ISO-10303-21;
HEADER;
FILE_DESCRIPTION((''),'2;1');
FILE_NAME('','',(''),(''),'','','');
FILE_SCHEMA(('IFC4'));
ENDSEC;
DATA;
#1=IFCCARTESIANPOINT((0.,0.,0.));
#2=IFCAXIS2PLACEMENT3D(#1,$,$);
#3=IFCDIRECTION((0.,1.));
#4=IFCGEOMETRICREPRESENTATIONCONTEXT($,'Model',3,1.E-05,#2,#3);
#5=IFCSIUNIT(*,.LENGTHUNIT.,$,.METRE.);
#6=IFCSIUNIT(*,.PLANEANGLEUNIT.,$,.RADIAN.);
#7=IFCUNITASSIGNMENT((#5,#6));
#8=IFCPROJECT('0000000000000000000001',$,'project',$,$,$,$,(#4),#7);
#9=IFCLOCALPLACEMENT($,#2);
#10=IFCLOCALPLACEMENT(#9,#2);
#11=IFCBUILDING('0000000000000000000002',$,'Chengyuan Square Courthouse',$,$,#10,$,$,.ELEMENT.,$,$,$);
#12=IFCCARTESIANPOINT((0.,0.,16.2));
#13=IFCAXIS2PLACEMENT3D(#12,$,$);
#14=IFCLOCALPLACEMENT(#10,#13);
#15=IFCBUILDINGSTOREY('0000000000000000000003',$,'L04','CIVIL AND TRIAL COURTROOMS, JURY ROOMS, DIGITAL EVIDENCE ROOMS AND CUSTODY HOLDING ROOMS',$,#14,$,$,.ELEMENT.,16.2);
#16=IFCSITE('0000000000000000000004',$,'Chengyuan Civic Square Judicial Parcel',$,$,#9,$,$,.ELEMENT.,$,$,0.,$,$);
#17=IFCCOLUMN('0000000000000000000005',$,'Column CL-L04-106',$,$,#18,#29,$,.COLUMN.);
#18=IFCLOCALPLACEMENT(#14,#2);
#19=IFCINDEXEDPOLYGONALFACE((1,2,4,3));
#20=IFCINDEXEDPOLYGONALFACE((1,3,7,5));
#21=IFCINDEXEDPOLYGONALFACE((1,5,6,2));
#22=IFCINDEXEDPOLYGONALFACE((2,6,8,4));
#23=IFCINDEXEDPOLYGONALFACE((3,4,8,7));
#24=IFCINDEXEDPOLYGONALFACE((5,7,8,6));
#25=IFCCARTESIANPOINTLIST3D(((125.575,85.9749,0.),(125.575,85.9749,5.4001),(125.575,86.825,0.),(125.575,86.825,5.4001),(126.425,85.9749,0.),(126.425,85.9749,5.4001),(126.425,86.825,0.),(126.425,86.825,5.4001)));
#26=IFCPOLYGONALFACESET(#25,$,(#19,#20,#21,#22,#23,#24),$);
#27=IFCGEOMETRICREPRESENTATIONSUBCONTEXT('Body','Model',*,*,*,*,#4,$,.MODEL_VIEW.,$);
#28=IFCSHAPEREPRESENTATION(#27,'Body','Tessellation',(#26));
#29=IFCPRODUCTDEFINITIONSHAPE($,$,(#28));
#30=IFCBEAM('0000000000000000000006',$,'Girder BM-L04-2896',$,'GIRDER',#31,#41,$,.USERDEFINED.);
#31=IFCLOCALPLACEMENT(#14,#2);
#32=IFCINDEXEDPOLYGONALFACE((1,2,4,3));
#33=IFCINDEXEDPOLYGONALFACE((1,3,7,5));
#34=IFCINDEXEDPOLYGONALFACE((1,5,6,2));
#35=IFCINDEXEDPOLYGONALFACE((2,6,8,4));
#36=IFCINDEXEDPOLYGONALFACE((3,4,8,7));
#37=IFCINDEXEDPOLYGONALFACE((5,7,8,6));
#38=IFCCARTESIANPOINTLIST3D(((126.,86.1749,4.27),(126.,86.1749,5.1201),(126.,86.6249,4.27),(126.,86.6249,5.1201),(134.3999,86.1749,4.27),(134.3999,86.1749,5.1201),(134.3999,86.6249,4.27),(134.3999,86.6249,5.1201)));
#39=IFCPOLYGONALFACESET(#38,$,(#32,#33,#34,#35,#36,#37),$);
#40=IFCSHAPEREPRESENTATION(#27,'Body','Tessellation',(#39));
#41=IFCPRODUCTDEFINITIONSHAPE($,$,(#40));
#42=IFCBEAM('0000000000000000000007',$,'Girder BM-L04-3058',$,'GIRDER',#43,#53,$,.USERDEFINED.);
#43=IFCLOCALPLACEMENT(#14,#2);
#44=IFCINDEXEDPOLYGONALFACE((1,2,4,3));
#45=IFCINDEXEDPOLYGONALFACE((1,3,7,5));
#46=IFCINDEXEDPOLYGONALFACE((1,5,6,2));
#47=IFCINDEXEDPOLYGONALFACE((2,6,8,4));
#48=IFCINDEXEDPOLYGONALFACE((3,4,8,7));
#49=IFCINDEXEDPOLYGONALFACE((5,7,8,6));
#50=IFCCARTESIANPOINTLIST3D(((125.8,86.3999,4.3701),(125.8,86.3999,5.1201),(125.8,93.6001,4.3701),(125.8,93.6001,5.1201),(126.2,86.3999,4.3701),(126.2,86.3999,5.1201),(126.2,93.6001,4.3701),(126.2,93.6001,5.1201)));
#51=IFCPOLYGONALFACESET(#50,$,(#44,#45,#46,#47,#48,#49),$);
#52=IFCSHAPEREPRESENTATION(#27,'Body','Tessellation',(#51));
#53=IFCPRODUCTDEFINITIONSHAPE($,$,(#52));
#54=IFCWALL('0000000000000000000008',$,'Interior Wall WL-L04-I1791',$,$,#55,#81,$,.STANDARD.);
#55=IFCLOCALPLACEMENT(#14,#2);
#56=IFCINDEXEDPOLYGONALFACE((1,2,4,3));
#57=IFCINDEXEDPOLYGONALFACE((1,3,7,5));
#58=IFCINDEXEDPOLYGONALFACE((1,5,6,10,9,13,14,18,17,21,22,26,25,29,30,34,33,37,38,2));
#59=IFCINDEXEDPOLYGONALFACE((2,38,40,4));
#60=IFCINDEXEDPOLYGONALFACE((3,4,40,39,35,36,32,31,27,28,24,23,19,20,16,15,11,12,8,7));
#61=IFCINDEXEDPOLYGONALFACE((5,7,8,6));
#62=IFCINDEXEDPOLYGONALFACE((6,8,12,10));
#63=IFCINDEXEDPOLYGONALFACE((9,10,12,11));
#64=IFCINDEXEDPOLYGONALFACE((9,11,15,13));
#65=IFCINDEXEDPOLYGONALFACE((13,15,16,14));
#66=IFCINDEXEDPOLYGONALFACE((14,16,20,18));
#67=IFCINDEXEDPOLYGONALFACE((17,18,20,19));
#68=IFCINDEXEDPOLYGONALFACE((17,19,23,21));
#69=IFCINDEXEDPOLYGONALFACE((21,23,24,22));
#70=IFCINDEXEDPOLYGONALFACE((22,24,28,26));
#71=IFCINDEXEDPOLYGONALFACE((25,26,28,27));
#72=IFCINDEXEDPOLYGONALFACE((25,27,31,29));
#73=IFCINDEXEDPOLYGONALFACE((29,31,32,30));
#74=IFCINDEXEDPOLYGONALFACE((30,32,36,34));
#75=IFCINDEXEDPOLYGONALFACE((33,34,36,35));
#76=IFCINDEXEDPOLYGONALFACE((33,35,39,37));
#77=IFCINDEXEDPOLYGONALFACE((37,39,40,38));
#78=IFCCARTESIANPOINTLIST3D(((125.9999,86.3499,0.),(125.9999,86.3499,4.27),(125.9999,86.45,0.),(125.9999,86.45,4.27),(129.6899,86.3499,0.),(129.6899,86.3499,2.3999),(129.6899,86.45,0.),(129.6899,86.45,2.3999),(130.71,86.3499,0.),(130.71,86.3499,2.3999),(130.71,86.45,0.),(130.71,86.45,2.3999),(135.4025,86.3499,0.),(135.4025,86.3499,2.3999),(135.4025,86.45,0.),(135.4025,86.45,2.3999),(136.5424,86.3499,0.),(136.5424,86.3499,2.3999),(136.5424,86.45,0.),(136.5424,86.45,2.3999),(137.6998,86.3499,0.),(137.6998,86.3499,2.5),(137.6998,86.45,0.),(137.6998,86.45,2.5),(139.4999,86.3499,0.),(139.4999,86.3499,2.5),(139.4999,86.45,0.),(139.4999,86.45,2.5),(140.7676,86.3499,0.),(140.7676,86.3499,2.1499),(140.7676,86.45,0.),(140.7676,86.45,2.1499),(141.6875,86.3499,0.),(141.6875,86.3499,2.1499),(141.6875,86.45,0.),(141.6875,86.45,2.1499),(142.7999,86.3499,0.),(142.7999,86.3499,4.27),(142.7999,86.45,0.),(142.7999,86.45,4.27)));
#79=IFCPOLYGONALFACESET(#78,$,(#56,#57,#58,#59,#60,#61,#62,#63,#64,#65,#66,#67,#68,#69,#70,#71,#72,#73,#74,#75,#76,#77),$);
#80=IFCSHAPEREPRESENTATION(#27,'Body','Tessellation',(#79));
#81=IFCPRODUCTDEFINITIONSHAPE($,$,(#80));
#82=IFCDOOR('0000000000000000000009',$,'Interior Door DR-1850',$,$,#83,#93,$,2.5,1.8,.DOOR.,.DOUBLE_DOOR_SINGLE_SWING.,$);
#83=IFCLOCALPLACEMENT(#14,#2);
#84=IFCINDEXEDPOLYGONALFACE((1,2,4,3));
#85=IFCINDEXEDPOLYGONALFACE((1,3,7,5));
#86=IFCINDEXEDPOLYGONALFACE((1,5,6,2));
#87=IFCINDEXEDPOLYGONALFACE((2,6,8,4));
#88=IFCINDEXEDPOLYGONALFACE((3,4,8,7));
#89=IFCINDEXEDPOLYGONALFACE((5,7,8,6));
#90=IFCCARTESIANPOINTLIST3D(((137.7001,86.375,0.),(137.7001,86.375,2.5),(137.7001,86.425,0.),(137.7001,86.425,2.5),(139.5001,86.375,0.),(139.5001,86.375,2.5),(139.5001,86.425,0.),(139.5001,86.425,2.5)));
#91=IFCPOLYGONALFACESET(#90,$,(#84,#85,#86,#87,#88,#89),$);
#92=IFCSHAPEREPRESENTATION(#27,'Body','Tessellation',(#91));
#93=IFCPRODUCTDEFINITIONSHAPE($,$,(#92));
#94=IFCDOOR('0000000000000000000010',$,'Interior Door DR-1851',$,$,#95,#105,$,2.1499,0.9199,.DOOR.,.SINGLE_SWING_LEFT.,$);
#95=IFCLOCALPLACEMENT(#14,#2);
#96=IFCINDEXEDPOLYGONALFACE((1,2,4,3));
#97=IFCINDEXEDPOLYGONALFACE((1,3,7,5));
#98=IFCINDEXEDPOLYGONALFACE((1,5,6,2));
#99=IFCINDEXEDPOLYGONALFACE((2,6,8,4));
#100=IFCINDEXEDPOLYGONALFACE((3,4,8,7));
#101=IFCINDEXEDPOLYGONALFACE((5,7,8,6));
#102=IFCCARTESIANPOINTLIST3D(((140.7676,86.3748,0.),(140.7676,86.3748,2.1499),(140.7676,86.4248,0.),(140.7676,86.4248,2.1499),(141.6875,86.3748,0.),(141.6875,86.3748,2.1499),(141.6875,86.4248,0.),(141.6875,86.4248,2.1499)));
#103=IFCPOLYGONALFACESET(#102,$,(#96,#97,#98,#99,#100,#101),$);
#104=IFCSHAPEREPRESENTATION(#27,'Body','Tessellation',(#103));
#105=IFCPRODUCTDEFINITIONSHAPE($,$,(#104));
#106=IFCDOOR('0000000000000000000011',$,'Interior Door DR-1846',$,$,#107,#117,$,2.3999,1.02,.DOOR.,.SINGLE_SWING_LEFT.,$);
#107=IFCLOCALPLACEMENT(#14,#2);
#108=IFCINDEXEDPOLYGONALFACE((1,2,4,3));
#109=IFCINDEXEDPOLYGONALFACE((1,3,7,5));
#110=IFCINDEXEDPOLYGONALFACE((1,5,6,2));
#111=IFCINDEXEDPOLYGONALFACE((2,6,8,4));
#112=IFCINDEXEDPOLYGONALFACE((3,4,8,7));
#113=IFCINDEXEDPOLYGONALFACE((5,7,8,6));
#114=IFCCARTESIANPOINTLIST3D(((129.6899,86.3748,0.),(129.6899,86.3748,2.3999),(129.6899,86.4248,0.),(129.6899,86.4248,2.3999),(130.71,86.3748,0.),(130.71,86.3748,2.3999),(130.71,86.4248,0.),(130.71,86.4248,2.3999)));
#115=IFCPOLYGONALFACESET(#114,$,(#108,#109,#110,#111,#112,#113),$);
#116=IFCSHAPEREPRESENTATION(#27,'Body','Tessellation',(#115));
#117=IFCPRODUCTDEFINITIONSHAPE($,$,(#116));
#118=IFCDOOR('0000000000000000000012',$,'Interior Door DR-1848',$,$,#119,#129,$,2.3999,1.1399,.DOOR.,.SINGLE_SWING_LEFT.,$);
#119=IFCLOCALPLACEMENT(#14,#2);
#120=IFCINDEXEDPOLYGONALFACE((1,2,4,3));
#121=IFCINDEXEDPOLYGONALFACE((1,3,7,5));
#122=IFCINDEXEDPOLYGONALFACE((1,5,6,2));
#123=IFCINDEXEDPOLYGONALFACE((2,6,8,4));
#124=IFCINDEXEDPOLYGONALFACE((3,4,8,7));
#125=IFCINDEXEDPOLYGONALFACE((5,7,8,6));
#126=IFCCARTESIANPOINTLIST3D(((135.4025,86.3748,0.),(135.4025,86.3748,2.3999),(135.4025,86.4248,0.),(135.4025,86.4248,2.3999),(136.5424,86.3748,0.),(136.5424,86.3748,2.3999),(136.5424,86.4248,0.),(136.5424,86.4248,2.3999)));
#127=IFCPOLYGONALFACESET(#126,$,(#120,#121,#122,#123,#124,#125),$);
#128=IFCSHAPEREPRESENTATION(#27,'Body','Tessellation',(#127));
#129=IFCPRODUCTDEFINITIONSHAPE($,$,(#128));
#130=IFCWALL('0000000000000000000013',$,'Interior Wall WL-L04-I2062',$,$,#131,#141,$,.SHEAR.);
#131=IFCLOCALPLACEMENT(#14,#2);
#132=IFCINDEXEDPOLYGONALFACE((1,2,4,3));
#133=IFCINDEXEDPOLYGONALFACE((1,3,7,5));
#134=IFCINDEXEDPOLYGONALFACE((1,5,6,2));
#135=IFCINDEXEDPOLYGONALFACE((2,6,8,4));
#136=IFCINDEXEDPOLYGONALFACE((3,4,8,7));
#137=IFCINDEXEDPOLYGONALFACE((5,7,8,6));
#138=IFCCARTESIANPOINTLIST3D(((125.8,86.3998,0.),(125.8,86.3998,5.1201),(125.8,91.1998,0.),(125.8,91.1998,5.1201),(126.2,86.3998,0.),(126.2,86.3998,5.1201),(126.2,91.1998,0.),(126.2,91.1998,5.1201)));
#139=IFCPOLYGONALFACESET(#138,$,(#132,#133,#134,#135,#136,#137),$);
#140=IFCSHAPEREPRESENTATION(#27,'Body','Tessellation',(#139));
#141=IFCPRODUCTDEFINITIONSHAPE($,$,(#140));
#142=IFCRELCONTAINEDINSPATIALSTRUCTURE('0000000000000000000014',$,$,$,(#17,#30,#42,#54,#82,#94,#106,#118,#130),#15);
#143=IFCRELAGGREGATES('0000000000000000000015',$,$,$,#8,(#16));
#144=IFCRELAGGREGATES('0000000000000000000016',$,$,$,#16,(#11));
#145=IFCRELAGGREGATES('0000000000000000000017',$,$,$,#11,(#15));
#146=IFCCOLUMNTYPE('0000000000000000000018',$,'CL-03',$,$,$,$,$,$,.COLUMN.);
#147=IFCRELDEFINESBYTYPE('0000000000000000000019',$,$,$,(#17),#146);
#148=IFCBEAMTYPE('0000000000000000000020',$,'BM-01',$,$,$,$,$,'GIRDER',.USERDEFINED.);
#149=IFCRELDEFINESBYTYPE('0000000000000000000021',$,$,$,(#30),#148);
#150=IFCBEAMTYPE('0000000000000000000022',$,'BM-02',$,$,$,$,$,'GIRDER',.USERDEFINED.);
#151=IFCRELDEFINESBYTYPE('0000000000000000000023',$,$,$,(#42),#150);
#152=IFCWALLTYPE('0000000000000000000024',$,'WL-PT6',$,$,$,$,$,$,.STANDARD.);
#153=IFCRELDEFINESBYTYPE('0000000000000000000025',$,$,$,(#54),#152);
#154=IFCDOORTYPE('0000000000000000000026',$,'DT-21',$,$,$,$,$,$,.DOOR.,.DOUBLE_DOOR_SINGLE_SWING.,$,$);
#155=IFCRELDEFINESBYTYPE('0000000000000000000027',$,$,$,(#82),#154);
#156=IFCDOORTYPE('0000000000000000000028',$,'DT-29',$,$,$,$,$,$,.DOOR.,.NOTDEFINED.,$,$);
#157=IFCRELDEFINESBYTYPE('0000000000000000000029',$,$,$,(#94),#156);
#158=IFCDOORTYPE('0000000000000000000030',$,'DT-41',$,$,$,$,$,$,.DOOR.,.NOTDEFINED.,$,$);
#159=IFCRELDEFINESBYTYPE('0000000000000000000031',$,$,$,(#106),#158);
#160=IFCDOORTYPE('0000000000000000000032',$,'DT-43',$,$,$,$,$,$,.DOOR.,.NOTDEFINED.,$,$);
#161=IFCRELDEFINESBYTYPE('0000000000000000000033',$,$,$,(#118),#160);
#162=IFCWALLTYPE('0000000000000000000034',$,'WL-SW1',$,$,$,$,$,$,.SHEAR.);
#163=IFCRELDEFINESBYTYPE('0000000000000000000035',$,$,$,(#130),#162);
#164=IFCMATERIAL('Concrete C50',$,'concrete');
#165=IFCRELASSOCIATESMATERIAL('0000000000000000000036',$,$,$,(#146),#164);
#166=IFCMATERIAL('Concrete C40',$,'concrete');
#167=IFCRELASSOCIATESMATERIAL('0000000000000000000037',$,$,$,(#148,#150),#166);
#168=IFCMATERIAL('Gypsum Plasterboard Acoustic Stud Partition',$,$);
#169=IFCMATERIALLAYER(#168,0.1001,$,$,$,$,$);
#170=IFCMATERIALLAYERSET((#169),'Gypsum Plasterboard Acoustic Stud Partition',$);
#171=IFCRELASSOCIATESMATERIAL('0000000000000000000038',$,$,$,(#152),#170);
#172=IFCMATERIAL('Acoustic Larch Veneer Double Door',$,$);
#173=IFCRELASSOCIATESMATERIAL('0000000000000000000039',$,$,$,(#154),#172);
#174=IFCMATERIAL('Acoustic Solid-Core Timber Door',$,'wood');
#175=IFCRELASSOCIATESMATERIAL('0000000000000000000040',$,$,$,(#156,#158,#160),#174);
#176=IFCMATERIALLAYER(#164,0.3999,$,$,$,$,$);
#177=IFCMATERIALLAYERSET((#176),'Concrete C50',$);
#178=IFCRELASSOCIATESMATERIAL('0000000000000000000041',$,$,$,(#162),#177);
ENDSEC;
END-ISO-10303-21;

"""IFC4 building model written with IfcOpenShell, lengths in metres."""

from ifc_helpers import new_model, si_unit, direction, frame, frame_2d, origin, origin_2d, place, context, subcontext, project, spatial, rectangle, extrude, material, layer, layer_set, material_profile, profile_set, type_object, element, fill, save


model = new_model("IFC4")

# Units and contexts
model_context = context("Model", 3, precision=1e-05, world=origin(), true_north=direction((0.0, 1.0)))
body_context = subcontext(model_context, "Body", "Model", "MODEL_VIEW")
ifc_project = project(units=[si_unit("LENGTHUNIT", "METRE"), si_unit("PLANEANGLEUNIT", "RADIAN")], contexts=[model_context])

# Site, building, storey
site_placement = place(None, origin())
site = spatial("IfcSite", under=ifc_project, at=site_placement, Name="Chengyuan Civic Square Judicial Parcel", CompositionType="ELEMENT", RefElevation=0.0)
building_placement = place(site_placement, origin())
building = spatial("IfcBuilding", under=site, at=building_placement, Name="Chengyuan Square Courthouse", CompositionType="ELEMENT")
storey_placement = place(building_placement, frame((0.0, 0.0, 16.2)))
storey = spatial("IfcBuildingStorey", under=building, at=storey_placement, Name="L04", Description="CIVIL AND TRIAL COURTROOMS, JURY ROOMS, DIGITAL EVIDENCE ROOMS AND CUSTODY HOLDING ROOMS", CompositionType="ELEMENT", Elevation=16.2)

# Column
ifc_material_1 = material(Name="Concrete C50", Category="concrete")
ifc_material_profile_1 = material_profile(ifc_material_1, rectangle(XDim=0.8501, YDim=0.8501, at=origin_2d()), Name="RC-COL-850x850")
ifc_profile_set_1 = profile_set([ifc_material_profile_1], Name="Concrete C50")
column_type = type_object("IfcColumnType", Name="CL-03", PredefinedType="COLUMN", material=ifc_profile_set_1)
column_placement = place(storey_placement, frame((126.0, 86.3999, 0.0), z_axis=(0.0, 0.0, 1.0), x_axis=(1.0, 0.0, 0.0)))
element("IfcColumn", 1, at=column_placement, inside=storey, type_object=column_type, Name="Column CL-L04-106", PredefinedType="COLUMN", context=body_context, shape_type="SweptSolid", body=[
    extrude(rectangle(XDim=0.8501, YDim=0.8501, at=origin_2d()), origin(), (0.0, 0.0, 1.0), 5.4001),
])

# Beams
ifc_material_2 = material(Name="Concrete C40", Category="concrete")
ifc_material_profile_2 = material_profile(ifc_material_2, rectangle(XDim=0.45, YDim=0.8501, at=origin_2d()), Name="RC-BM-450x850")
ifc_profile_set_2 = profile_set([ifc_material_profile_2], Name="Concrete C40")
beam_type_1 = type_object("IfcBeamType", Name="BM-01", ElementType="GIRDER", PredefinedType="USERDEFINED", material=ifc_profile_set_2)
beam_1_placement = place(storey_placement, frame((126.0, 86.3999, 4.6951), z_axis=(1.0, 0.0, 0.0), x_axis=(0.0, 1.0, 0.0)))
element("IfcBeam", 2, at=beam_1_placement, inside=storey, type_object=beam_type_1, Name="Girder BM-L04-2896", ObjectType="GIRDER", PredefinedType="USERDEFINED", context=body_context, shape_type="SweptSolid", body=[
    extrude(rectangle(XDim=0.45, YDim=0.8501, at=origin_2d()), origin(), (0.0, 0.0, 1.0), 8.3999),
])
ifc_material_profile_3 = material_profile(ifc_material_2, rectangle(XDim=0.3999, YDim=0.75, at=origin_2d()), Name="RC-BM-400x750")
ifc_profile_set_3 = profile_set([ifc_material_profile_3], Name="Concrete C40")
beam_type_2 = type_object("IfcBeamType", Name="BM-02", ElementType="GIRDER", PredefinedType="USERDEFINED", material=ifc_profile_set_3)
beam_2_placement = place(storey_placement, frame((126.0, 86.3999, 4.7451), z_axis=(0.0, 1.0, 0.0), x_axis=(-1.0, 0.0, 0.0)))
element("IfcBeam", 3, at=beam_2_placement, inside=storey, type_object=beam_type_2, Name="Girder BM-L04-3058", ObjectType="GIRDER", PredefinedType="USERDEFINED", context=body_context, shape_type="SweptSolid", body=[
    extrude(rectangle(XDim=0.3999, YDim=0.75, at=origin_2d()), origin(), (0.0, 0.0, 1.0), 7.2002),
])

# Wall, openings, doors
ifc_material_3 = material(Name="Gypsum Plasterboard Acoustic Stud Partition")
ifc_layer_1 = layer(ifc_material_3, 0.1001)
ifc_layer_set_1 = layer_set([ifc_layer_1], Name="Gypsum Plasterboard Acoustic Stud Partition")
wall_type_1 = type_object("IfcWallType", Name="WL-PT6", PredefinedType="STANDARD", material=ifc_layer_set_1)
wall_1_placement = place(storey_placement, frame((126.0, 86.3999, 0.0), z_axis=(0.0, 0.0, 1.0), x_axis=(1.0, 0.0, 0.0)))
wall_1 = element("IfcWall", 4, at=wall_1_placement, inside=storey, type_object=wall_type_1, Name="Interior Wall WL-L04-I1791", PredefinedType="STANDARD", context=body_context, shape_type="SweptSolid", body=[
    extrude(rectangle(XDim=16.8, YDim=0.1001, at=frame_2d((8.3999, 0.0))), origin(), (0.0, 0.0, 1.0), 4.27),
])
opening_1_placement = place(wall_1_placement, frame((3.6899, 0.0, 0.0)))
opening_1 = element("IfcOpeningElement", 5, at=opening_1_placement, cuts=wall_1, PredefinedType="OPENING", context=body_context, shape_type="SweptSolid", body=[
    extrude(rectangle(XDim=1.02, YDim=2.3999, at=frame_2d((0.51, 1.2))), frame((0.0, 0.062, 0.0), z_axis=(0.0, -1.0, 0.0), x_axis=(1.0, 0.0, 0.0)), (0.0, 0.0, 1.0), 0.124),
])
opening_2_placement = place(wall_1_placement, frame((9.4026, 0.0, 0.0)))
opening_2 = element("IfcOpeningElement", 6, at=opening_2_placement, cuts=wall_1, PredefinedType="OPENING", context=body_context, shape_type="SweptSolid", body=[
    extrude(rectangle(XDim=1.1399, YDim=2.3999, at=frame_2d((0.5698, 1.2))), frame((0.0, 0.062, 0.0), z_axis=(0.0, -1.0, 0.0), x_axis=(1.0, 0.0, 0.0)), (0.0, 0.0, 1.0), 0.124),
])
opening_3_placement = place(wall_1_placement, frame((11.7, 0.0, 0.0)))
opening_3 = element("IfcOpeningElement", 7, at=opening_3_placement, cuts=wall_1, PredefinedType="OPENING", context=body_context, shape_type="SweptSolid", body=[
    extrude(rectangle(XDim=1.8, YDim=2.5, at=frame_2d((0.8999, 1.25))), frame((0.0, 0.062, 0.0), z_axis=(0.0, -1.0, 0.0), x_axis=(1.0, 0.0, 0.0)), (0.0, 0.0, 1.0), 0.124),
])
opening_4_placement = place(wall_1_placement, frame((14.7676, 0.0, 0.0)))
opening_4 = element("IfcOpeningElement", 8, at=opening_4_placement, cuts=wall_1, PredefinedType="OPENING", context=body_context, shape_type="SweptSolid", body=[
    extrude(rectangle(XDim=0.9199, YDim=2.1499, at=frame_2d((0.46, 1.075))), frame((0.0, 0.062, 0.0), z_axis=(0.0, -1.0, 0.0), x_axis=(1.0, 0.0, 0.0)), (0.0, 0.0, 1.0), 0.124),
])
ifc_material_4 = material(Name="Acoustic Larch Veneer Double Door")
door_type_1 = type_object("IfcDoorType", Name="DT-21", OperationType="DOUBLE_DOOR_SINGLE_SWING", PredefinedType="DOOR", material=ifc_material_4)
door_1_placement = place(opening_3_placement, frame((1.8, 0.0, 0.0), z_axis=(0.0, 0.0, 1.0), x_axis=(-1.0, 0.0, 0.0)))
door_1 = element("IfcDoor", 9, at=door_1_placement, inside=storey, type_object=door_type_1, Name="Interior Door DR-1850", OperationType="DOUBLE_DOOR_SINGLE_SWING", OverallHeight=2.5, OverallWidth=1.8, PredefinedType="DOOR", context=body_context, shape_type="SweptSolid", body=[
    extrude(rectangle(XDim=1.8, YDim=2.5, at=frame_2d((0.8999, 1.25))), frame((0.0, 0.0249, 0.0), z_axis=(0.0, -1.0, 0.0), x_axis=(1.0, 0.0, 0.0)), (0.0, 0.0, 1.0), 0.05),
])
fill(opening_3, door_1)
ifc_material_5 = material(Name="Acoustic Solid-Core Timber Door", Category="wood")
door_type_2 = type_object("IfcDoorType", Name="DT-29", OperationType="NOTDEFINED", PredefinedType="DOOR", material=ifc_material_5)
door_2_placement = place(opening_4_placement, origin())
door_2 = element("IfcDoor", 10, at=door_2_placement, inside=storey, type_object=door_type_2, Name="Interior Door DR-1851", OperationType="SINGLE_SWING_LEFT", OverallHeight=2.1499, OverallWidth=0.9199, PredefinedType="DOOR", context=body_context, shape_type="SweptSolid", body=[
    extrude(rectangle(XDim=0.9199, YDim=2.1499, at=frame_2d((0.46, 1.075))), frame((0.0, 0.0249, 0.0), z_axis=(0.0, -1.0, 0.0), x_axis=(1.0, 0.0, 0.0)), (0.0, 0.0, 1.0), 0.05),
])
fill(opening_4, door_2)
door_type_3 = type_object("IfcDoorType", Name="DT-41", OperationType="NOTDEFINED", PredefinedType="DOOR", material=ifc_material_5)
door_3_placement = place(opening_1_placement, origin())
door_3 = element("IfcDoor", 11, at=door_3_placement, inside=storey, type_object=door_type_3, Name="Interior Door DR-1846", OperationType="SINGLE_SWING_LEFT", OverallHeight=2.3999, OverallWidth=1.02, PredefinedType="DOOR", context=body_context, shape_type="SweptSolid", body=[
    extrude(rectangle(XDim=1.02, YDim=2.3999, at=frame_2d((0.51, 1.2))), frame((0.0, 0.0249, 0.0), z_axis=(0.0, -1.0, 0.0), x_axis=(1.0, 0.0, 0.0)), (0.0, 0.0, 1.0), 0.05),
])
fill(opening_1, door_3)
door_type_4 = type_object("IfcDoorType", Name="DT-43", OperationType="NOTDEFINED", PredefinedType="DOOR", material=ifc_material_5)
door_4_placement = place(opening_2_placement, origin())
door_4 = element("IfcDoor", 12, at=door_4_placement, inside=storey, type_object=door_type_4, Name="Interior Door DR-1848", OperationType="SINGLE_SWING_LEFT", OverallHeight=2.3999, OverallWidth=1.1399, PredefinedType="DOOR", context=body_context, shape_type="SweptSolid", body=[
    extrude(rectangle(XDim=1.1399, YDim=2.3999, at=frame_2d((0.5698, 1.2))), frame((0.0, 0.0249, 0.0), z_axis=(0.0, -1.0, 0.0), x_axis=(1.0, 0.0, 0.0)), (0.0, 0.0, 1.0), 0.05),
])
fill(opening_2, door_4)

# Wall
ifc_layer_2 = layer(ifc_material_1, 0.3999)
ifc_layer_set_2 = layer_set([ifc_layer_2], Name="Concrete C50")
wall_type_2 = type_object("IfcWallType", Name="WL-SW1", PredefinedType="SHEAR", material=ifc_layer_set_2)
wall_2_placement = place(storey_placement, frame((126.0, 86.3999, 0.0), z_axis=(0.0, 0.0, 1.0), x_axis=(0.0, 1.0, 0.0)))
element("IfcWall", 13, at=wall_2_placement, inside=storey, type_object=wall_type_2, Name="Interior Wall WL-L04-I2062", PredefinedType="SHEAR", context=body_context, shape_type="SweptSolid", body=[
    extrude(rectangle(XDim=4.8, YDim=0.3999, at=frame_2d((2.3999, 0.0))), origin(), (0.0, 0.0, 1.0), 5.1201),
])

save(model, "model.ifc")
